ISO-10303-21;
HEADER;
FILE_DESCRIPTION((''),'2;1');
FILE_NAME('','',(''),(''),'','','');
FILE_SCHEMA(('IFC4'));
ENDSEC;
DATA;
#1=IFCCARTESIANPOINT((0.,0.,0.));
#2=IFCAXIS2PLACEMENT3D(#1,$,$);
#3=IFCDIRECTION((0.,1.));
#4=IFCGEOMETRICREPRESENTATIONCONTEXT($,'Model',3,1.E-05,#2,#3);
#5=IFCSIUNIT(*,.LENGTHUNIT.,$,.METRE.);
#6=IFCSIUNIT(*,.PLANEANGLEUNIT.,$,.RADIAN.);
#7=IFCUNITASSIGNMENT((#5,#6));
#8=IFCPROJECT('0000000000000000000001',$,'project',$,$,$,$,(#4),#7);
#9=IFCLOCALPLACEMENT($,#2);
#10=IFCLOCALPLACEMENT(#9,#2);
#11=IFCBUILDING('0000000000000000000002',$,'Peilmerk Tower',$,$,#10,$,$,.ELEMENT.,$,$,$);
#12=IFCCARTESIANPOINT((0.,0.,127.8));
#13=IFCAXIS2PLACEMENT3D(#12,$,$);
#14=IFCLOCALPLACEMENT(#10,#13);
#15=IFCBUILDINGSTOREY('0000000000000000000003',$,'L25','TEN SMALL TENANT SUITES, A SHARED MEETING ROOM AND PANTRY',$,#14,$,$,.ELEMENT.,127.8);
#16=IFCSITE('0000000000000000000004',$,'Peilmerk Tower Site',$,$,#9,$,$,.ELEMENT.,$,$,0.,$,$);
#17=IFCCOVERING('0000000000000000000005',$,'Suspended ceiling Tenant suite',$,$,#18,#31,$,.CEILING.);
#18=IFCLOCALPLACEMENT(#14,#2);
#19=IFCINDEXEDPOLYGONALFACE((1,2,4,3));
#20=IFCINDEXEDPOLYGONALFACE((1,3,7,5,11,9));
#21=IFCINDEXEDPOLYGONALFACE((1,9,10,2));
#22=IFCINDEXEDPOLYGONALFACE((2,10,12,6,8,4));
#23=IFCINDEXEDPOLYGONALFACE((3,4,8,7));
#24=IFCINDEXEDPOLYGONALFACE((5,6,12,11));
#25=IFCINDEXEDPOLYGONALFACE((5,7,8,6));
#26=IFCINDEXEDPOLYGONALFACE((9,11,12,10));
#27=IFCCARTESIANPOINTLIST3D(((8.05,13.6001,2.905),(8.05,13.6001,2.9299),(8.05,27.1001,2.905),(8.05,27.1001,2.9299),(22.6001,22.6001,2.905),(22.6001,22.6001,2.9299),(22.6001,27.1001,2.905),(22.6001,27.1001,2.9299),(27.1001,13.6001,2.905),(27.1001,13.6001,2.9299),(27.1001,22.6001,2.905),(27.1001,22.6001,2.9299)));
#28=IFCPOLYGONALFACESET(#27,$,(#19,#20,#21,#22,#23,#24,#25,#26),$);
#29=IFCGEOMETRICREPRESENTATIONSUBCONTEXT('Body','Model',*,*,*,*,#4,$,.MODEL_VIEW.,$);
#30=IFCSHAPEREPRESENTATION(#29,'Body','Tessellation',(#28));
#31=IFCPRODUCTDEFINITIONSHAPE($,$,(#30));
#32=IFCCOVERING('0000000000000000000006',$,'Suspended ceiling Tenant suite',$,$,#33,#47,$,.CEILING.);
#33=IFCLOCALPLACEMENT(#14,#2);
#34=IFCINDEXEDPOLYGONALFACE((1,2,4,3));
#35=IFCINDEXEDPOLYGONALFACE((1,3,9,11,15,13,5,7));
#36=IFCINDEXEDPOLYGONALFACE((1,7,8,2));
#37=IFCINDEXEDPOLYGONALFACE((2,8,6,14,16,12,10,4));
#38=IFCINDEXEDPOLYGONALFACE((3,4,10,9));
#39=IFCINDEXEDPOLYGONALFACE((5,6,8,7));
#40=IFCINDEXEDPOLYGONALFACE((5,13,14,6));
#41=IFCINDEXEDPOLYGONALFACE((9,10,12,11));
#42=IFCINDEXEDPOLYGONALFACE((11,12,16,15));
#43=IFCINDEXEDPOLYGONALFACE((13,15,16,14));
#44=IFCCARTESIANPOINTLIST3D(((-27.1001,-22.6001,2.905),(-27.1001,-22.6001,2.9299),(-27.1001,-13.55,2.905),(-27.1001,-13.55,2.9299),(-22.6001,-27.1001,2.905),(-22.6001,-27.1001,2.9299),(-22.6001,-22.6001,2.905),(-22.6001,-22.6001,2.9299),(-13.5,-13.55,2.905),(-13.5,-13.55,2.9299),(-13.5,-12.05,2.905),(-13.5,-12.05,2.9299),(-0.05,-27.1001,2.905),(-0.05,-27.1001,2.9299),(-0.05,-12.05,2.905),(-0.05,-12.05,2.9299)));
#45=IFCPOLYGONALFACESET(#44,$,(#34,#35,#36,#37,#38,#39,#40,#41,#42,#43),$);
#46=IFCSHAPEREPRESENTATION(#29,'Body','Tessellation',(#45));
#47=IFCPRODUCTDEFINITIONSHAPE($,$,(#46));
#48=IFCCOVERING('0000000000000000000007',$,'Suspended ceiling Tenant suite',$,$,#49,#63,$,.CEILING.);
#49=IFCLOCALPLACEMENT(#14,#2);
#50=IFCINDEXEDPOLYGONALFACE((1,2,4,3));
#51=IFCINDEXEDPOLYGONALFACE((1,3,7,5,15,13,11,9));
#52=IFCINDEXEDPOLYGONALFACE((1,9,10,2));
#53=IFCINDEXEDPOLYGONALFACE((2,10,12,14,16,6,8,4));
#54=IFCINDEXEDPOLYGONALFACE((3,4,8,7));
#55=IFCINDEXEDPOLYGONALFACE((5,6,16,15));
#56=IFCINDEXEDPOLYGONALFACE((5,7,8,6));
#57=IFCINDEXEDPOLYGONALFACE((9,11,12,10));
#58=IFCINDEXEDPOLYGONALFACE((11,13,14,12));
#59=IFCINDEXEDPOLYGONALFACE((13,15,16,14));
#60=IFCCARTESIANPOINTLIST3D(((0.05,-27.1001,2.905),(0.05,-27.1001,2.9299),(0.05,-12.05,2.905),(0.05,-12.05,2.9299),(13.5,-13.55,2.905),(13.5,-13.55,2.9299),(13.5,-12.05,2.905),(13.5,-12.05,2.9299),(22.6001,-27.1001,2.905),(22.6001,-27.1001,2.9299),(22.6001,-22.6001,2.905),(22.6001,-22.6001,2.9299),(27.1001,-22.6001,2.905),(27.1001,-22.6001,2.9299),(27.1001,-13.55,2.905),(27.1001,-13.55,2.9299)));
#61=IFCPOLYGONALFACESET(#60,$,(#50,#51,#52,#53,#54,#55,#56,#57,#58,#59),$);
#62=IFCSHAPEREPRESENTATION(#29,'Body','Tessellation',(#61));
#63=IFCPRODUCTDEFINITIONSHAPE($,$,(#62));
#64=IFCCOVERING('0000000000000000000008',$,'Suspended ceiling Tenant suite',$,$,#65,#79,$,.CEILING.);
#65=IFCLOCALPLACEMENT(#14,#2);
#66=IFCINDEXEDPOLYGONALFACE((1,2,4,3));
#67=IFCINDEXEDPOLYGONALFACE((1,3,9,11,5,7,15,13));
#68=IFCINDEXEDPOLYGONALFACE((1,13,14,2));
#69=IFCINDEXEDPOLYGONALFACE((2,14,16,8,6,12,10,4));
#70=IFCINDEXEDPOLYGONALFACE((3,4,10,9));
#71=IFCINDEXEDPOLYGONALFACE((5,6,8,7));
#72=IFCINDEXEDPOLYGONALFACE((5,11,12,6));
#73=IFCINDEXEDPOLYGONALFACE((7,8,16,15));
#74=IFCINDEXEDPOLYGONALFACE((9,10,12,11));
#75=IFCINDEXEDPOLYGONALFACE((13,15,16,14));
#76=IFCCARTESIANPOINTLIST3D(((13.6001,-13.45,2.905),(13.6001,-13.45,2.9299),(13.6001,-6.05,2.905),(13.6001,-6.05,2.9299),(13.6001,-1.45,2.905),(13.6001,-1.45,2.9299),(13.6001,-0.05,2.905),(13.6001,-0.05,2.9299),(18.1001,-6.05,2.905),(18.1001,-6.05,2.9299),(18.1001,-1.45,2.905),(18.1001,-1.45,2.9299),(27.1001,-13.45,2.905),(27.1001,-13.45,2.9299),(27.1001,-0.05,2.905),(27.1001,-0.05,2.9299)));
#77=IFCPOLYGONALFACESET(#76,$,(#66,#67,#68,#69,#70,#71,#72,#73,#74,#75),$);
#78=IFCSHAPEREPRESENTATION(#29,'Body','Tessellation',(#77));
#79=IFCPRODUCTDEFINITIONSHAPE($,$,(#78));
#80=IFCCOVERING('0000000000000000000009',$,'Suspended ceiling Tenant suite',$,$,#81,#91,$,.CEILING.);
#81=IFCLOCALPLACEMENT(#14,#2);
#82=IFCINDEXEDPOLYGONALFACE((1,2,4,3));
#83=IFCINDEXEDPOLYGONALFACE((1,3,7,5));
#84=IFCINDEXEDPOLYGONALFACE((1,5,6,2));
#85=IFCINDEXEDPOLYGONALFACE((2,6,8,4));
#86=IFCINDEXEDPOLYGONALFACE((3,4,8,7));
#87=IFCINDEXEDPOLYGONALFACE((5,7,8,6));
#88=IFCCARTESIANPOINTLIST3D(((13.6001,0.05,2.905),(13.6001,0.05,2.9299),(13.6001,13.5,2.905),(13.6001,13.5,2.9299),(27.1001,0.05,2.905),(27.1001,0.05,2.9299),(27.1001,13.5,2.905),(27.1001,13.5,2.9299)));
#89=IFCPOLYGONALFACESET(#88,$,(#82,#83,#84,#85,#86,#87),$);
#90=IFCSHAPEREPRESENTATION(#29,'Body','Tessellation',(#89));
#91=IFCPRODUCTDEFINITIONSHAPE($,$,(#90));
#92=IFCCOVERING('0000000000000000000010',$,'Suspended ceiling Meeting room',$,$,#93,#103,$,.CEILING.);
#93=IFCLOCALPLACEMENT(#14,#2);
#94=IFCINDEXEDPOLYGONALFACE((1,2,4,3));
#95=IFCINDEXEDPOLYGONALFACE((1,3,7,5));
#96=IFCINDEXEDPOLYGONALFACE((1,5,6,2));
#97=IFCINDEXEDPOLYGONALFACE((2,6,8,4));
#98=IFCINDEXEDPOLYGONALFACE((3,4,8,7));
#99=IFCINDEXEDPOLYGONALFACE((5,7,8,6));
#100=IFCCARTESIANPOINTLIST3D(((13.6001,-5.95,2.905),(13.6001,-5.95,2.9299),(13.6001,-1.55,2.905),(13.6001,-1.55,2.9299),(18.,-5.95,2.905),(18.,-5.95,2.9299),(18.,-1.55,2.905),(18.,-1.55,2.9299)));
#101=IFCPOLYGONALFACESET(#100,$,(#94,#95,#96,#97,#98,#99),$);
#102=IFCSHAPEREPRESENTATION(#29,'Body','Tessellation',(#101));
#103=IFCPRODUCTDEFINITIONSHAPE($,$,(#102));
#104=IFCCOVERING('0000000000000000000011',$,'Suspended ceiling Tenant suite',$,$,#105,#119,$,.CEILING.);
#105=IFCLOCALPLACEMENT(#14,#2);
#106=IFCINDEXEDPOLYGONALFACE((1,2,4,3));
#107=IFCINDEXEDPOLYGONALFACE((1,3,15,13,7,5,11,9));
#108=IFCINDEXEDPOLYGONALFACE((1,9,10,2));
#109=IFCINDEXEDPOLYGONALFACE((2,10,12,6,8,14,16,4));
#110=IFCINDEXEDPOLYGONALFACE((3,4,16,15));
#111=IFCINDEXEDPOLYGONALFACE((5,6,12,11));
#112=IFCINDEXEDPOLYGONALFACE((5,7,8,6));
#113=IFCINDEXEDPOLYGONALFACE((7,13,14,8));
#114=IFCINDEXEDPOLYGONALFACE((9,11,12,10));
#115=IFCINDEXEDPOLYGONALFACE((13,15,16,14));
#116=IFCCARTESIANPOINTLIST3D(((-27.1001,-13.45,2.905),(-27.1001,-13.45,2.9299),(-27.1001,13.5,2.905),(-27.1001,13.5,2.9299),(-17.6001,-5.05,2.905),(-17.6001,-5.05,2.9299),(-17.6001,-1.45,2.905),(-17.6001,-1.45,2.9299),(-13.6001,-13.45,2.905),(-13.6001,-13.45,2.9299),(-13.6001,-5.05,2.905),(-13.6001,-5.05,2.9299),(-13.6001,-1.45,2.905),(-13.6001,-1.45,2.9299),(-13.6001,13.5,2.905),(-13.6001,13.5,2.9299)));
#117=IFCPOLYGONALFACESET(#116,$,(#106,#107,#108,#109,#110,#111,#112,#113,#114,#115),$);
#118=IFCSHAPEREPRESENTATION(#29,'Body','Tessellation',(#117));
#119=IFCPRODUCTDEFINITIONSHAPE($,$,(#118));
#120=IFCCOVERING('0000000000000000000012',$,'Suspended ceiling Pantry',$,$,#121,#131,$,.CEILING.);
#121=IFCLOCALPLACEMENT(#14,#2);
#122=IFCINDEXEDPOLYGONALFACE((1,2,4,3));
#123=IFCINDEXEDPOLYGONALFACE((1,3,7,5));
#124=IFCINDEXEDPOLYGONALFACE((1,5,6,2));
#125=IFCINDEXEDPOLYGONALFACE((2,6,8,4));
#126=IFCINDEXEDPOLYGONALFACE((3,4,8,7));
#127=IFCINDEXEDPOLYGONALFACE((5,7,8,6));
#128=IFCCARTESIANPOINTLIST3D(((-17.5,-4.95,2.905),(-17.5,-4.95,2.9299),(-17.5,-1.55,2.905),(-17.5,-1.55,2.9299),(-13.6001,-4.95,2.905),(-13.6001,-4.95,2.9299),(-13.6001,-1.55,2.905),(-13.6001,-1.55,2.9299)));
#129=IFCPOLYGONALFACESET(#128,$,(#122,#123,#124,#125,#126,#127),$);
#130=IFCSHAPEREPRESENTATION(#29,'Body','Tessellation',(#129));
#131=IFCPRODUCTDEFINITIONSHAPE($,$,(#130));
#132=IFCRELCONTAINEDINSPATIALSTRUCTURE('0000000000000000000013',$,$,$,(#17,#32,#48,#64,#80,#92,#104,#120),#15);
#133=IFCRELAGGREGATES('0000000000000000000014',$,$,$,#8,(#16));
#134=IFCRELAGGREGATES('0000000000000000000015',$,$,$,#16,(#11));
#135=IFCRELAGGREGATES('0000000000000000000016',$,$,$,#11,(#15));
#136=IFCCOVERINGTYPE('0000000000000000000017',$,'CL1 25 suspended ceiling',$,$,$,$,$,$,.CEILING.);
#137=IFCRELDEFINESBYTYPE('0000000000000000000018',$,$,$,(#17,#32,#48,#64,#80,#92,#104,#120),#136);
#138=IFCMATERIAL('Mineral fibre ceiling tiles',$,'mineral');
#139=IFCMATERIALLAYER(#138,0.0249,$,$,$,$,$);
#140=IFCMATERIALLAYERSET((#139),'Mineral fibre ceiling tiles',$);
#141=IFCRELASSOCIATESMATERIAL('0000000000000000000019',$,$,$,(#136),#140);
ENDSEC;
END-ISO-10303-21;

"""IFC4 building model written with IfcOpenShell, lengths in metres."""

from ifc_helpers import new_model, si_unit, direction, frame, origin, place, context, subcontext, project, spatial, polyline, outline, extrude, material, layer, layer_set, type_object, element, save


model = new_model("IFC4")

# Units and contexts
model_context = context("Model", 3, precision=1e-05, world=origin(), true_north=direction((0.0, 1.0)))
body_context = subcontext(model_context, "Body", "Model", "MODEL_VIEW")
ifc_project = project(units=[si_unit("LENGTHUNIT", "METRE"), si_unit("PLANEANGLEUNIT", "RADIAN")], contexts=[model_context])

# Site, building, storey
site_placement = place(None, origin())
site = spatial("IfcSite", under=ifc_project, at=site_placement, Name="Peilmerk Tower Site", CompositionType="ELEMENT", RefElevation=0.0)
building_placement = place(site_placement, origin())
building = spatial("IfcBuilding", under=site, at=building_placement, Name="Peilmerk Tower", CompositionType="ELEMENT")
storey_placement = place(building_placement, frame((0.0, 0.0, 127.8)))
storey = spatial("IfcBuildingStorey", under=building, at=storey_placement, Name="L25", Description="TEN SMALL TENANT SUITES, A SHARED MEETING ROOM AND PANTRY", CompositionType="ELEMENT", Elevation=127.8)

# Coverings
ifc_material_1 = material(Name="Mineral fibre ceiling tiles", Category="mineral")
ifc_layer_1 = layer(ifc_material_1, 0.0249)
ifc_layer_set_1 = layer_set([ifc_layer_1], Name="Mineral fibre ceiling tiles")
covering_type = type_object("IfcCoveringType", Name="CL1 25 suspended ceiling", PredefinedType="CEILING", material=ifc_layer_set_1)
covering_1_placement = place(storey_placement, frame((0.0, 0.0, 2.905)))
element("IfcCovering", 1, at=covering_1_placement, inside=storey, type_object=covering_type, Name="Suspended ceiling Tenant suite", PredefinedType="CEILING", context=body_context, shape_type="SweptSolid", body=[
    extrude(outline(polyline([(22.6001, 27.1001), (8.05, 27.1001), (8.05, 13.6001), (27.1001, 13.6001), (27.1001, 22.6001), (22.6001, 22.6001), (22.6001, 27.1001)])), origin(), (0.0, 0.0, 1.0), 0.0249),
])
covering_2_placement = place(storey_placement, frame((0.0, 0.0, 2.905)))
element("IfcCovering", 2, at=covering_2_placement, inside=storey, type_object=covering_type, Name="Suspended ceiling Tenant suite", PredefinedType="CEILING", context=body_context, shape_type="SweptSolid", body=[
    extrude(outline(polyline([(-22.6001, -27.1001), (-0.05, -27.1001), (-0.05, -12.05), (-13.5, -12.05), (-13.5, -13.55), (-27.1001, -13.55), (-27.1001, -22.6001), (-22.6001, -22.6001), (-22.6001, -27.1001)])), origin(), (0.0, 0.0, 1.0), 0.0249),
])
covering_3_placement = place(storey_placement, frame((0.0, 0.0, 2.905)))
element("IfcCovering", 3, at=covering_3_placement, inside=storey, type_object=covering_type, Name="Suspended ceiling Tenant suite", PredefinedType="CEILING", context=body_context, shape_type="SweptSolid", body=[
    extrude(outline(polyline([(0.05, -27.1001), (22.6001, -27.1001), (22.6001, -22.6001), (27.1001, -22.6001), (27.1001, -13.55), (13.5, -13.55), (13.5, -12.05), (0.05, -12.05), (0.05, -27.1001)])), origin(), (0.0, 0.0, 1.0), 0.0249),
])
covering_4_placement = place(storey_placement, frame((0.0, 0.0, 2.905)))
element("IfcCovering", 4, at=covering_4_placement, inside=storey, type_object=covering_type, Name="Suspended ceiling Tenant suite", PredefinedType="CEILING", context=body_context, shape_type="SweptSolid", body=[
    extrude(outline(polyline([(13.6001, -13.45), (27.1001, -13.45), (27.1001, -0.05), (13.6001, -0.05), (13.6001, -1.45), (18.1001, -1.45), (18.1001, -6.05), (13.6001, -6.05), (13.6001, -13.45)])), origin(), (0.0, 0.0, 1.0), 0.0249),
])
covering_5_placement = place(storey_placement, frame((0.0, 0.0, 2.905)))
element("IfcCovering", 5, at=covering_5_placement, inside=storey, type_object=covering_type, Name="Suspended ceiling Tenant suite", PredefinedType="CEILING", context=body_context, shape_type="SweptSolid", body=[
    extrude(outline(polyline([(27.1001, 0.05), (27.1001, 13.5), (13.6001, 13.5), (13.6001, 0.05), (27.1001, 0.05)])), origin(), (0.0, 0.0, 1.0), 0.0249),
])
covering_6_placement = place(storey_placement, frame((0.0, 0.0, 2.905)))
element("IfcCovering", 6, at=covering_6_placement, inside=storey, type_object=covering_type, Name="Suspended ceiling Meeting room", PredefinedType="CEILING", context=body_context, shape_type="SweptSolid", body=[
    extrude(outline(polyline([(18.0, -5.95), (18.0, -1.55), (13.6001, -1.55), (13.6001, -5.95), (18.0, -5.95)])), origin(), (0.0, 0.0, 1.0), 0.0249),
])
covering_7_placement = place(storey_placement, frame((0.0, 0.0, 2.905)))
element("IfcCovering", 7, at=covering_7_placement, inside=storey, type_object=covering_type, Name="Suspended ceiling Tenant suite", PredefinedType="CEILING", context=body_context, shape_type="SweptSolid", body=[
    extrude(outline(polyline([(-13.6001, 13.5), (-27.1001, 13.5), (-27.1001, -13.45), (-13.6001, -13.45), (-13.6001, -5.05), (-17.6001, -5.05), (-17.6001, -1.45), (-13.6001, -1.45), (-13.6001, 13.5)])), origin(), (0.0, 0.0, 1.0), 0.0249),
])
covering_8_placement = place(storey_placement, frame((0.0, 0.0, 2.905)))
element("IfcCovering", 8, at=covering_8_placement, inside=storey, type_object=covering_type, Name="Suspended ceiling Pantry", PredefinedType="CEILING", context=body_context, shape_type="SweptSolid", body=[
    extrude(outline(polyline([(-13.6001, -4.95), (-13.6001, -1.55), (-17.5, -1.55), (-17.5, -4.95), (-13.6001, -4.95)])), origin(), (0.0, 0.0, 1.0), 0.0249),
])

save(model, "model.ifc")
